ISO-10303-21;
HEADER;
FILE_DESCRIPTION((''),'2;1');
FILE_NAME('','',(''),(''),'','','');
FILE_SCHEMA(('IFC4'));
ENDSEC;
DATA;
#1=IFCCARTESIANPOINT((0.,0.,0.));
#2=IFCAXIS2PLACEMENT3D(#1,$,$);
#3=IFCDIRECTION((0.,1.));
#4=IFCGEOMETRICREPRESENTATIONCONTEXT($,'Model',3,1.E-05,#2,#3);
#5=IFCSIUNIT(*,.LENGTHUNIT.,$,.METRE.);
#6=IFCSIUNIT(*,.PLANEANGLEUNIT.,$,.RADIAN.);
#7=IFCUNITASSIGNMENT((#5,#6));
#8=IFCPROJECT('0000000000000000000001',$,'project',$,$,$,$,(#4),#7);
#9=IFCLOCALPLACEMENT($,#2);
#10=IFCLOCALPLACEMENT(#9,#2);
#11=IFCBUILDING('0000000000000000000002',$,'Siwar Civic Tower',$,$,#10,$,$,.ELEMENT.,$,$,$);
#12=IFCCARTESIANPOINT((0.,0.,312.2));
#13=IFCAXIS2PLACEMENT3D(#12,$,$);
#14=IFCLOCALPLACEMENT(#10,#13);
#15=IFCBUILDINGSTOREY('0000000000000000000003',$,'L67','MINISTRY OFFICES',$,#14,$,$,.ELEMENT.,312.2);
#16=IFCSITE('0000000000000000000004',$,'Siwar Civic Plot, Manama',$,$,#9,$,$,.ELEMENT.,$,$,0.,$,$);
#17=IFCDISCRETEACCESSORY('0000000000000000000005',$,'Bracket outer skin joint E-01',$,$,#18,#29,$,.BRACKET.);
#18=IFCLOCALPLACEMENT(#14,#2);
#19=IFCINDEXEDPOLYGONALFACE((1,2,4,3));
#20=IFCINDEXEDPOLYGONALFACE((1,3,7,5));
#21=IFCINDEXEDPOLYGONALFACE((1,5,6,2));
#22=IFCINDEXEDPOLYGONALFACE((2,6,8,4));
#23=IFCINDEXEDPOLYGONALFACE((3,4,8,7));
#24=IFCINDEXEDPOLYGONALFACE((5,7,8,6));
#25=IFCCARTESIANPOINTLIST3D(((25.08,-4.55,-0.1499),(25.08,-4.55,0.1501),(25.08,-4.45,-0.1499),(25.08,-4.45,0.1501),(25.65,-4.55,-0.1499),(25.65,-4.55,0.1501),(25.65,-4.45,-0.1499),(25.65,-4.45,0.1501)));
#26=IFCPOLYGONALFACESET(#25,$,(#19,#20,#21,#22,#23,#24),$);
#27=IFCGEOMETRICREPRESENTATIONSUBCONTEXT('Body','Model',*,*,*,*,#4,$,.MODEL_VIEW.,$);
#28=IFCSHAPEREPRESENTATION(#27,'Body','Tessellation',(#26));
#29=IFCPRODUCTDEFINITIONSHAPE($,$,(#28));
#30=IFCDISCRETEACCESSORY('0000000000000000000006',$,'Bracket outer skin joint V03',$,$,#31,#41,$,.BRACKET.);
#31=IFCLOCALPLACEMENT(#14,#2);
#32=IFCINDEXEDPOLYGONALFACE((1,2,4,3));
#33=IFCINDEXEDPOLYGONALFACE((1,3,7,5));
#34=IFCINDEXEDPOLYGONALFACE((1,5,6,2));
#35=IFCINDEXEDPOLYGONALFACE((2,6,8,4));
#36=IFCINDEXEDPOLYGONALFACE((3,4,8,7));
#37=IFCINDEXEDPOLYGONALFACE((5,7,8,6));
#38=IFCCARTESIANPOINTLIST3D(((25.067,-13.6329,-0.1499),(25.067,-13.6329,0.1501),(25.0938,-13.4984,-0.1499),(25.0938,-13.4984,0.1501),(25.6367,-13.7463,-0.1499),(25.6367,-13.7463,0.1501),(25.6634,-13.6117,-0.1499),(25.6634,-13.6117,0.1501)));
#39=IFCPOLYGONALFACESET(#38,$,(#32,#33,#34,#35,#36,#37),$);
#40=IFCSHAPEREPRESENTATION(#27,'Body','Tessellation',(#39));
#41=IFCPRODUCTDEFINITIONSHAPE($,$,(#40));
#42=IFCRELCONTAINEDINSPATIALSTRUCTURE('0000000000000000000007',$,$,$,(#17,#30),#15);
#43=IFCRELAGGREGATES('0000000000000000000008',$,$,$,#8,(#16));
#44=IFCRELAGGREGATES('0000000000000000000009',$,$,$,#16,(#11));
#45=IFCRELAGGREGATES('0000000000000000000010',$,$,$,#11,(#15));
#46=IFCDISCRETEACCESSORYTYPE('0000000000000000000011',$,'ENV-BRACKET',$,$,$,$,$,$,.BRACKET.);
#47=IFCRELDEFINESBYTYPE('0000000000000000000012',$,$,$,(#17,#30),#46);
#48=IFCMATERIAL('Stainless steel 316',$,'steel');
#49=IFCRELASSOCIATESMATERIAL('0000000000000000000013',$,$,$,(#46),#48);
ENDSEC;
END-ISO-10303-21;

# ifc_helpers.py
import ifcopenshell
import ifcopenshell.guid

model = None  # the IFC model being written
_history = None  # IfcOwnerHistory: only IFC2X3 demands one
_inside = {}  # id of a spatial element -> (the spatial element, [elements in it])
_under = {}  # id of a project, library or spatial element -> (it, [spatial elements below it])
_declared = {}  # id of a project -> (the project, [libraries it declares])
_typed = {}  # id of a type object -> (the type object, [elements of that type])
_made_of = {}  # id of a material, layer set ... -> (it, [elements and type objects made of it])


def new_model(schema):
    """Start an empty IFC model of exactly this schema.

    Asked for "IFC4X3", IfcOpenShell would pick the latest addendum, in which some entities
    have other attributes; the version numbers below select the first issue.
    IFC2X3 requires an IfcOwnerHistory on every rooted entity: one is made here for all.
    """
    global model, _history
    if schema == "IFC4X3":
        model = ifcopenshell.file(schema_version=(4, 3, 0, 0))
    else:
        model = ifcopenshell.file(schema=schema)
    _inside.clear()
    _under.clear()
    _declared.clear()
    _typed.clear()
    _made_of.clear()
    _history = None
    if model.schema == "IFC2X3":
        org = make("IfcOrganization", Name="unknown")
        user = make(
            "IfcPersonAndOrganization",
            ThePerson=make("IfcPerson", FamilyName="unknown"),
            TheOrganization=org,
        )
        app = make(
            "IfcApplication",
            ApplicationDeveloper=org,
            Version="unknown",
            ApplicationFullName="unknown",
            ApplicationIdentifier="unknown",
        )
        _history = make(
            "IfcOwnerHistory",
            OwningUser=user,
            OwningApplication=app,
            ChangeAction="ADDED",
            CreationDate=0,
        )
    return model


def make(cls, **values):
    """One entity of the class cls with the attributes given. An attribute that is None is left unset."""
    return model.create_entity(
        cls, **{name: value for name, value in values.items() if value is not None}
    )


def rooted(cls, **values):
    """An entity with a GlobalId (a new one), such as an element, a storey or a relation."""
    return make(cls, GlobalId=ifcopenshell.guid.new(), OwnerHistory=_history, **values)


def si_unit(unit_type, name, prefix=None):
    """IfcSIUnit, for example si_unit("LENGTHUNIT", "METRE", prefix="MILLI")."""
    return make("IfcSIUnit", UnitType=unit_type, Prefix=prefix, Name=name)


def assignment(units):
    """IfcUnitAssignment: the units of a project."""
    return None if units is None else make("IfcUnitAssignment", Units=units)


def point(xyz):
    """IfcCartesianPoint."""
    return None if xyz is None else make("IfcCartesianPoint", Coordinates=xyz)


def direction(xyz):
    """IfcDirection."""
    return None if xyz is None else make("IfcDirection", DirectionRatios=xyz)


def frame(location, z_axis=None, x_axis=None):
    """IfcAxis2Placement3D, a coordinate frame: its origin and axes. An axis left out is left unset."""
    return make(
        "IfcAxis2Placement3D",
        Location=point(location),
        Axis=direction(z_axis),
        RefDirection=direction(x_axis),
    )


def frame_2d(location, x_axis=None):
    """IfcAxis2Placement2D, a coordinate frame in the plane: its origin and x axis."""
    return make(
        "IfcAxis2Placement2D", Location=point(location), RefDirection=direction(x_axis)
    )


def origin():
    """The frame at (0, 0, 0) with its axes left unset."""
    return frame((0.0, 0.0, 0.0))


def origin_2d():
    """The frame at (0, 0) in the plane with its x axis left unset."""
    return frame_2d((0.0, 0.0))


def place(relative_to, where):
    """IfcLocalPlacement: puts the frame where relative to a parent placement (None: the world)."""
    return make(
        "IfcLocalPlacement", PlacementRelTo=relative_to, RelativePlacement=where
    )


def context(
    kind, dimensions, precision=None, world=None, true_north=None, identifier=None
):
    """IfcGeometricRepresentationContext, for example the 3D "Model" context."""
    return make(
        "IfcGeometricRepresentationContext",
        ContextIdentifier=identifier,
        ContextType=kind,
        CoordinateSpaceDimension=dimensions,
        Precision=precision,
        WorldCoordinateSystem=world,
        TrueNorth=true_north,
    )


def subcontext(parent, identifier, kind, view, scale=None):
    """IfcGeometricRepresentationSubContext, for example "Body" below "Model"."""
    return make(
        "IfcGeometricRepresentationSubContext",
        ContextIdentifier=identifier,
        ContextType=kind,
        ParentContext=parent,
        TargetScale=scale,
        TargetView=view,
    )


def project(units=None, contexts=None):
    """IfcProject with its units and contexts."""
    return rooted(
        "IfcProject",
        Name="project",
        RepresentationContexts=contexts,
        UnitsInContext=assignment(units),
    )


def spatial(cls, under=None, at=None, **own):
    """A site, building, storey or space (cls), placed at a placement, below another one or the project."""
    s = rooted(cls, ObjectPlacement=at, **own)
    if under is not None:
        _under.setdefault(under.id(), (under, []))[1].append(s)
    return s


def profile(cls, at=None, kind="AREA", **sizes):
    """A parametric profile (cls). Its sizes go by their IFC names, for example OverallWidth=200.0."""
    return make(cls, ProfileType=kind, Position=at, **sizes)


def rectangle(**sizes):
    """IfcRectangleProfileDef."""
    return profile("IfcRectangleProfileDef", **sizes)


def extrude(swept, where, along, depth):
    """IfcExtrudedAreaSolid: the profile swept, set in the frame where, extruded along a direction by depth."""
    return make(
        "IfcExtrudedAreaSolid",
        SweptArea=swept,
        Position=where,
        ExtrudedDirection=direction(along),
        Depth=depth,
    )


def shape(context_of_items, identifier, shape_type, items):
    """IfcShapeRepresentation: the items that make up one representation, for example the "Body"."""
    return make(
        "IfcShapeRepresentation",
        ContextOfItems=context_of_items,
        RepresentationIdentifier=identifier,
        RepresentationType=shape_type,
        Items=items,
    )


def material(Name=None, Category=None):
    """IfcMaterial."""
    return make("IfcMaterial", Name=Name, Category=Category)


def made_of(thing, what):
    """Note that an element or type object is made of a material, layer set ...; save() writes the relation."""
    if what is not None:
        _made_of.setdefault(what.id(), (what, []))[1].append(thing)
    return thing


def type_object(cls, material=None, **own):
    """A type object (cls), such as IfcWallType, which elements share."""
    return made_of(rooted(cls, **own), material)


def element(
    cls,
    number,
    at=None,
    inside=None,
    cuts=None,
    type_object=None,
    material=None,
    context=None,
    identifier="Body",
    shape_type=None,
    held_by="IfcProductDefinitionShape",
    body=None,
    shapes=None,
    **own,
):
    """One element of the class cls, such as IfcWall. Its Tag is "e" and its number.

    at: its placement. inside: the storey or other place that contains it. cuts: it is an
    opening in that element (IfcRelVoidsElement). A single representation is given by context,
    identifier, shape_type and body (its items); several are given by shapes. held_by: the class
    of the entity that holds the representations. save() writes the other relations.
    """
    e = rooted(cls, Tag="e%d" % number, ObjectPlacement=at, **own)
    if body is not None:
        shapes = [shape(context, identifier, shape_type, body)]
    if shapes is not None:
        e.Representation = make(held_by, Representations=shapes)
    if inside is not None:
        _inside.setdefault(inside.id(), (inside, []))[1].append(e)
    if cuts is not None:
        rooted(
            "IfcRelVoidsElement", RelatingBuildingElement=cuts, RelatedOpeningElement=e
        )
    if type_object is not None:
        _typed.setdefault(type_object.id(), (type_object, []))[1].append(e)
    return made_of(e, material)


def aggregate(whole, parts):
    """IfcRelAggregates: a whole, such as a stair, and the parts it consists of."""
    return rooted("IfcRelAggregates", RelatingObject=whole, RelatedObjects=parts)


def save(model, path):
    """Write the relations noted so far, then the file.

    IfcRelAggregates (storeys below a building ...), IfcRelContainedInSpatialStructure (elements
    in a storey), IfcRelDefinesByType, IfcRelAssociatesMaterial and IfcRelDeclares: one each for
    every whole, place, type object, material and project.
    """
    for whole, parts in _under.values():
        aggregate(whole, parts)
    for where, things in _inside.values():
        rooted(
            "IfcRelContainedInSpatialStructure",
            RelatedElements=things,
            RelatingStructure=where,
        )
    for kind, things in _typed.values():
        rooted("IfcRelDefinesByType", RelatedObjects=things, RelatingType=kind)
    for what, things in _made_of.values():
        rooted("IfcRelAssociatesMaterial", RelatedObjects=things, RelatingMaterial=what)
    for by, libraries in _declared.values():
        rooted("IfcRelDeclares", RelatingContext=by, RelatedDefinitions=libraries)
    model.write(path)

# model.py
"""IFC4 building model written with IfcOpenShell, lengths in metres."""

from ifc_helpers import new_model, si_unit, direction, frame, origin, origin_2d, place, context, subcontext, project, spatial, rectangle, extrude, material, type_object, element, save


model = new_model("IFC4")

# Units and contexts
model_context = context("Model", 3, precision=1e-05, world=origin(), true_north=direction((0.0, 1.0)))
body_context = subcontext(model_context, "Body", "Model", "MODEL_VIEW")
ifc_project = project(units=[si_unit("LENGTHUNIT", "METRE"), si_unit("PLANEANGLEUNIT", "RADIAN")], contexts=[model_context])

# Site, building, storey
site_placement = place(None, origin())
site = spatial("IfcSite", under=ifc_project, at=site_placement, Name="Siwar Civic Plot, Manama", CompositionType="ELEMENT", RefElevation=0.0)
building_placement = place(site_placement, origin())
building = spatial("IfcBuilding", under=site, at=building_placement, Name="Siwar Civic Tower", CompositionType="ELEMENT")
storey_placement = place(building_placement, frame((0.0, 0.0, 312.2)))
storey = spatial("IfcBuildingStorey", under=building, at=storey_placement, Name="L67", Description="MINISTRY OFFICES", CompositionType="ELEMENT", Elevation=312.2)

# Discrete accessories
ifc_material_1 = material(Name="Stainless steel 316", Category="steel")
discrete_accessory_type = type_object("IfcDiscreteAccessoryType", Name="ENV-BRACKET", PredefinedType="BRACKET", material=ifc_material_1)
discrete_accessory_1_placement = place(storey_placement, frame((25.365, -4.5, -0.1499), z_axis=(0.0, 0.0, 1.0), x_axis=(1.0, 0.0, 0.0)))
element("IfcDiscreteAccessory", 1, at=discrete_accessory_1_placement, inside=storey, type_object=discrete_accessory_type, Name="Bracket outer skin joint E-01", PredefinedType="BRACKET", context=body_context, shape_type="SweptSolid", body=[
    extrude(rectangle(XDim=0.5701, YDim=0.1001, at=origin_2d()), origin(), (0.0, 0.0, 1.0), 0.3),
])
discrete_accessory_2_placement = place(storey_placement, frame((25.3652, -13.6223, -0.1499), z_axis=(0.0, 0.0, 1.0), x_axis=(0.980785, -0.19509, 0.0)))
element("IfcDiscreteAccessory", 2, at=discrete_accessory_2_placement, inside=storey, type_object=discrete_accessory_type, Name="Bracket outer skin joint V03", PredefinedType="BRACKET", context=body_context, shape_type="SweptSolid", body=[
    extrude(rectangle(XDim=0.5808, YDim=0.1372, at=origin_2d()), origin(), (0.0, 0.0, 1.0), 0.3),
])

save(model, "model.ifc")
